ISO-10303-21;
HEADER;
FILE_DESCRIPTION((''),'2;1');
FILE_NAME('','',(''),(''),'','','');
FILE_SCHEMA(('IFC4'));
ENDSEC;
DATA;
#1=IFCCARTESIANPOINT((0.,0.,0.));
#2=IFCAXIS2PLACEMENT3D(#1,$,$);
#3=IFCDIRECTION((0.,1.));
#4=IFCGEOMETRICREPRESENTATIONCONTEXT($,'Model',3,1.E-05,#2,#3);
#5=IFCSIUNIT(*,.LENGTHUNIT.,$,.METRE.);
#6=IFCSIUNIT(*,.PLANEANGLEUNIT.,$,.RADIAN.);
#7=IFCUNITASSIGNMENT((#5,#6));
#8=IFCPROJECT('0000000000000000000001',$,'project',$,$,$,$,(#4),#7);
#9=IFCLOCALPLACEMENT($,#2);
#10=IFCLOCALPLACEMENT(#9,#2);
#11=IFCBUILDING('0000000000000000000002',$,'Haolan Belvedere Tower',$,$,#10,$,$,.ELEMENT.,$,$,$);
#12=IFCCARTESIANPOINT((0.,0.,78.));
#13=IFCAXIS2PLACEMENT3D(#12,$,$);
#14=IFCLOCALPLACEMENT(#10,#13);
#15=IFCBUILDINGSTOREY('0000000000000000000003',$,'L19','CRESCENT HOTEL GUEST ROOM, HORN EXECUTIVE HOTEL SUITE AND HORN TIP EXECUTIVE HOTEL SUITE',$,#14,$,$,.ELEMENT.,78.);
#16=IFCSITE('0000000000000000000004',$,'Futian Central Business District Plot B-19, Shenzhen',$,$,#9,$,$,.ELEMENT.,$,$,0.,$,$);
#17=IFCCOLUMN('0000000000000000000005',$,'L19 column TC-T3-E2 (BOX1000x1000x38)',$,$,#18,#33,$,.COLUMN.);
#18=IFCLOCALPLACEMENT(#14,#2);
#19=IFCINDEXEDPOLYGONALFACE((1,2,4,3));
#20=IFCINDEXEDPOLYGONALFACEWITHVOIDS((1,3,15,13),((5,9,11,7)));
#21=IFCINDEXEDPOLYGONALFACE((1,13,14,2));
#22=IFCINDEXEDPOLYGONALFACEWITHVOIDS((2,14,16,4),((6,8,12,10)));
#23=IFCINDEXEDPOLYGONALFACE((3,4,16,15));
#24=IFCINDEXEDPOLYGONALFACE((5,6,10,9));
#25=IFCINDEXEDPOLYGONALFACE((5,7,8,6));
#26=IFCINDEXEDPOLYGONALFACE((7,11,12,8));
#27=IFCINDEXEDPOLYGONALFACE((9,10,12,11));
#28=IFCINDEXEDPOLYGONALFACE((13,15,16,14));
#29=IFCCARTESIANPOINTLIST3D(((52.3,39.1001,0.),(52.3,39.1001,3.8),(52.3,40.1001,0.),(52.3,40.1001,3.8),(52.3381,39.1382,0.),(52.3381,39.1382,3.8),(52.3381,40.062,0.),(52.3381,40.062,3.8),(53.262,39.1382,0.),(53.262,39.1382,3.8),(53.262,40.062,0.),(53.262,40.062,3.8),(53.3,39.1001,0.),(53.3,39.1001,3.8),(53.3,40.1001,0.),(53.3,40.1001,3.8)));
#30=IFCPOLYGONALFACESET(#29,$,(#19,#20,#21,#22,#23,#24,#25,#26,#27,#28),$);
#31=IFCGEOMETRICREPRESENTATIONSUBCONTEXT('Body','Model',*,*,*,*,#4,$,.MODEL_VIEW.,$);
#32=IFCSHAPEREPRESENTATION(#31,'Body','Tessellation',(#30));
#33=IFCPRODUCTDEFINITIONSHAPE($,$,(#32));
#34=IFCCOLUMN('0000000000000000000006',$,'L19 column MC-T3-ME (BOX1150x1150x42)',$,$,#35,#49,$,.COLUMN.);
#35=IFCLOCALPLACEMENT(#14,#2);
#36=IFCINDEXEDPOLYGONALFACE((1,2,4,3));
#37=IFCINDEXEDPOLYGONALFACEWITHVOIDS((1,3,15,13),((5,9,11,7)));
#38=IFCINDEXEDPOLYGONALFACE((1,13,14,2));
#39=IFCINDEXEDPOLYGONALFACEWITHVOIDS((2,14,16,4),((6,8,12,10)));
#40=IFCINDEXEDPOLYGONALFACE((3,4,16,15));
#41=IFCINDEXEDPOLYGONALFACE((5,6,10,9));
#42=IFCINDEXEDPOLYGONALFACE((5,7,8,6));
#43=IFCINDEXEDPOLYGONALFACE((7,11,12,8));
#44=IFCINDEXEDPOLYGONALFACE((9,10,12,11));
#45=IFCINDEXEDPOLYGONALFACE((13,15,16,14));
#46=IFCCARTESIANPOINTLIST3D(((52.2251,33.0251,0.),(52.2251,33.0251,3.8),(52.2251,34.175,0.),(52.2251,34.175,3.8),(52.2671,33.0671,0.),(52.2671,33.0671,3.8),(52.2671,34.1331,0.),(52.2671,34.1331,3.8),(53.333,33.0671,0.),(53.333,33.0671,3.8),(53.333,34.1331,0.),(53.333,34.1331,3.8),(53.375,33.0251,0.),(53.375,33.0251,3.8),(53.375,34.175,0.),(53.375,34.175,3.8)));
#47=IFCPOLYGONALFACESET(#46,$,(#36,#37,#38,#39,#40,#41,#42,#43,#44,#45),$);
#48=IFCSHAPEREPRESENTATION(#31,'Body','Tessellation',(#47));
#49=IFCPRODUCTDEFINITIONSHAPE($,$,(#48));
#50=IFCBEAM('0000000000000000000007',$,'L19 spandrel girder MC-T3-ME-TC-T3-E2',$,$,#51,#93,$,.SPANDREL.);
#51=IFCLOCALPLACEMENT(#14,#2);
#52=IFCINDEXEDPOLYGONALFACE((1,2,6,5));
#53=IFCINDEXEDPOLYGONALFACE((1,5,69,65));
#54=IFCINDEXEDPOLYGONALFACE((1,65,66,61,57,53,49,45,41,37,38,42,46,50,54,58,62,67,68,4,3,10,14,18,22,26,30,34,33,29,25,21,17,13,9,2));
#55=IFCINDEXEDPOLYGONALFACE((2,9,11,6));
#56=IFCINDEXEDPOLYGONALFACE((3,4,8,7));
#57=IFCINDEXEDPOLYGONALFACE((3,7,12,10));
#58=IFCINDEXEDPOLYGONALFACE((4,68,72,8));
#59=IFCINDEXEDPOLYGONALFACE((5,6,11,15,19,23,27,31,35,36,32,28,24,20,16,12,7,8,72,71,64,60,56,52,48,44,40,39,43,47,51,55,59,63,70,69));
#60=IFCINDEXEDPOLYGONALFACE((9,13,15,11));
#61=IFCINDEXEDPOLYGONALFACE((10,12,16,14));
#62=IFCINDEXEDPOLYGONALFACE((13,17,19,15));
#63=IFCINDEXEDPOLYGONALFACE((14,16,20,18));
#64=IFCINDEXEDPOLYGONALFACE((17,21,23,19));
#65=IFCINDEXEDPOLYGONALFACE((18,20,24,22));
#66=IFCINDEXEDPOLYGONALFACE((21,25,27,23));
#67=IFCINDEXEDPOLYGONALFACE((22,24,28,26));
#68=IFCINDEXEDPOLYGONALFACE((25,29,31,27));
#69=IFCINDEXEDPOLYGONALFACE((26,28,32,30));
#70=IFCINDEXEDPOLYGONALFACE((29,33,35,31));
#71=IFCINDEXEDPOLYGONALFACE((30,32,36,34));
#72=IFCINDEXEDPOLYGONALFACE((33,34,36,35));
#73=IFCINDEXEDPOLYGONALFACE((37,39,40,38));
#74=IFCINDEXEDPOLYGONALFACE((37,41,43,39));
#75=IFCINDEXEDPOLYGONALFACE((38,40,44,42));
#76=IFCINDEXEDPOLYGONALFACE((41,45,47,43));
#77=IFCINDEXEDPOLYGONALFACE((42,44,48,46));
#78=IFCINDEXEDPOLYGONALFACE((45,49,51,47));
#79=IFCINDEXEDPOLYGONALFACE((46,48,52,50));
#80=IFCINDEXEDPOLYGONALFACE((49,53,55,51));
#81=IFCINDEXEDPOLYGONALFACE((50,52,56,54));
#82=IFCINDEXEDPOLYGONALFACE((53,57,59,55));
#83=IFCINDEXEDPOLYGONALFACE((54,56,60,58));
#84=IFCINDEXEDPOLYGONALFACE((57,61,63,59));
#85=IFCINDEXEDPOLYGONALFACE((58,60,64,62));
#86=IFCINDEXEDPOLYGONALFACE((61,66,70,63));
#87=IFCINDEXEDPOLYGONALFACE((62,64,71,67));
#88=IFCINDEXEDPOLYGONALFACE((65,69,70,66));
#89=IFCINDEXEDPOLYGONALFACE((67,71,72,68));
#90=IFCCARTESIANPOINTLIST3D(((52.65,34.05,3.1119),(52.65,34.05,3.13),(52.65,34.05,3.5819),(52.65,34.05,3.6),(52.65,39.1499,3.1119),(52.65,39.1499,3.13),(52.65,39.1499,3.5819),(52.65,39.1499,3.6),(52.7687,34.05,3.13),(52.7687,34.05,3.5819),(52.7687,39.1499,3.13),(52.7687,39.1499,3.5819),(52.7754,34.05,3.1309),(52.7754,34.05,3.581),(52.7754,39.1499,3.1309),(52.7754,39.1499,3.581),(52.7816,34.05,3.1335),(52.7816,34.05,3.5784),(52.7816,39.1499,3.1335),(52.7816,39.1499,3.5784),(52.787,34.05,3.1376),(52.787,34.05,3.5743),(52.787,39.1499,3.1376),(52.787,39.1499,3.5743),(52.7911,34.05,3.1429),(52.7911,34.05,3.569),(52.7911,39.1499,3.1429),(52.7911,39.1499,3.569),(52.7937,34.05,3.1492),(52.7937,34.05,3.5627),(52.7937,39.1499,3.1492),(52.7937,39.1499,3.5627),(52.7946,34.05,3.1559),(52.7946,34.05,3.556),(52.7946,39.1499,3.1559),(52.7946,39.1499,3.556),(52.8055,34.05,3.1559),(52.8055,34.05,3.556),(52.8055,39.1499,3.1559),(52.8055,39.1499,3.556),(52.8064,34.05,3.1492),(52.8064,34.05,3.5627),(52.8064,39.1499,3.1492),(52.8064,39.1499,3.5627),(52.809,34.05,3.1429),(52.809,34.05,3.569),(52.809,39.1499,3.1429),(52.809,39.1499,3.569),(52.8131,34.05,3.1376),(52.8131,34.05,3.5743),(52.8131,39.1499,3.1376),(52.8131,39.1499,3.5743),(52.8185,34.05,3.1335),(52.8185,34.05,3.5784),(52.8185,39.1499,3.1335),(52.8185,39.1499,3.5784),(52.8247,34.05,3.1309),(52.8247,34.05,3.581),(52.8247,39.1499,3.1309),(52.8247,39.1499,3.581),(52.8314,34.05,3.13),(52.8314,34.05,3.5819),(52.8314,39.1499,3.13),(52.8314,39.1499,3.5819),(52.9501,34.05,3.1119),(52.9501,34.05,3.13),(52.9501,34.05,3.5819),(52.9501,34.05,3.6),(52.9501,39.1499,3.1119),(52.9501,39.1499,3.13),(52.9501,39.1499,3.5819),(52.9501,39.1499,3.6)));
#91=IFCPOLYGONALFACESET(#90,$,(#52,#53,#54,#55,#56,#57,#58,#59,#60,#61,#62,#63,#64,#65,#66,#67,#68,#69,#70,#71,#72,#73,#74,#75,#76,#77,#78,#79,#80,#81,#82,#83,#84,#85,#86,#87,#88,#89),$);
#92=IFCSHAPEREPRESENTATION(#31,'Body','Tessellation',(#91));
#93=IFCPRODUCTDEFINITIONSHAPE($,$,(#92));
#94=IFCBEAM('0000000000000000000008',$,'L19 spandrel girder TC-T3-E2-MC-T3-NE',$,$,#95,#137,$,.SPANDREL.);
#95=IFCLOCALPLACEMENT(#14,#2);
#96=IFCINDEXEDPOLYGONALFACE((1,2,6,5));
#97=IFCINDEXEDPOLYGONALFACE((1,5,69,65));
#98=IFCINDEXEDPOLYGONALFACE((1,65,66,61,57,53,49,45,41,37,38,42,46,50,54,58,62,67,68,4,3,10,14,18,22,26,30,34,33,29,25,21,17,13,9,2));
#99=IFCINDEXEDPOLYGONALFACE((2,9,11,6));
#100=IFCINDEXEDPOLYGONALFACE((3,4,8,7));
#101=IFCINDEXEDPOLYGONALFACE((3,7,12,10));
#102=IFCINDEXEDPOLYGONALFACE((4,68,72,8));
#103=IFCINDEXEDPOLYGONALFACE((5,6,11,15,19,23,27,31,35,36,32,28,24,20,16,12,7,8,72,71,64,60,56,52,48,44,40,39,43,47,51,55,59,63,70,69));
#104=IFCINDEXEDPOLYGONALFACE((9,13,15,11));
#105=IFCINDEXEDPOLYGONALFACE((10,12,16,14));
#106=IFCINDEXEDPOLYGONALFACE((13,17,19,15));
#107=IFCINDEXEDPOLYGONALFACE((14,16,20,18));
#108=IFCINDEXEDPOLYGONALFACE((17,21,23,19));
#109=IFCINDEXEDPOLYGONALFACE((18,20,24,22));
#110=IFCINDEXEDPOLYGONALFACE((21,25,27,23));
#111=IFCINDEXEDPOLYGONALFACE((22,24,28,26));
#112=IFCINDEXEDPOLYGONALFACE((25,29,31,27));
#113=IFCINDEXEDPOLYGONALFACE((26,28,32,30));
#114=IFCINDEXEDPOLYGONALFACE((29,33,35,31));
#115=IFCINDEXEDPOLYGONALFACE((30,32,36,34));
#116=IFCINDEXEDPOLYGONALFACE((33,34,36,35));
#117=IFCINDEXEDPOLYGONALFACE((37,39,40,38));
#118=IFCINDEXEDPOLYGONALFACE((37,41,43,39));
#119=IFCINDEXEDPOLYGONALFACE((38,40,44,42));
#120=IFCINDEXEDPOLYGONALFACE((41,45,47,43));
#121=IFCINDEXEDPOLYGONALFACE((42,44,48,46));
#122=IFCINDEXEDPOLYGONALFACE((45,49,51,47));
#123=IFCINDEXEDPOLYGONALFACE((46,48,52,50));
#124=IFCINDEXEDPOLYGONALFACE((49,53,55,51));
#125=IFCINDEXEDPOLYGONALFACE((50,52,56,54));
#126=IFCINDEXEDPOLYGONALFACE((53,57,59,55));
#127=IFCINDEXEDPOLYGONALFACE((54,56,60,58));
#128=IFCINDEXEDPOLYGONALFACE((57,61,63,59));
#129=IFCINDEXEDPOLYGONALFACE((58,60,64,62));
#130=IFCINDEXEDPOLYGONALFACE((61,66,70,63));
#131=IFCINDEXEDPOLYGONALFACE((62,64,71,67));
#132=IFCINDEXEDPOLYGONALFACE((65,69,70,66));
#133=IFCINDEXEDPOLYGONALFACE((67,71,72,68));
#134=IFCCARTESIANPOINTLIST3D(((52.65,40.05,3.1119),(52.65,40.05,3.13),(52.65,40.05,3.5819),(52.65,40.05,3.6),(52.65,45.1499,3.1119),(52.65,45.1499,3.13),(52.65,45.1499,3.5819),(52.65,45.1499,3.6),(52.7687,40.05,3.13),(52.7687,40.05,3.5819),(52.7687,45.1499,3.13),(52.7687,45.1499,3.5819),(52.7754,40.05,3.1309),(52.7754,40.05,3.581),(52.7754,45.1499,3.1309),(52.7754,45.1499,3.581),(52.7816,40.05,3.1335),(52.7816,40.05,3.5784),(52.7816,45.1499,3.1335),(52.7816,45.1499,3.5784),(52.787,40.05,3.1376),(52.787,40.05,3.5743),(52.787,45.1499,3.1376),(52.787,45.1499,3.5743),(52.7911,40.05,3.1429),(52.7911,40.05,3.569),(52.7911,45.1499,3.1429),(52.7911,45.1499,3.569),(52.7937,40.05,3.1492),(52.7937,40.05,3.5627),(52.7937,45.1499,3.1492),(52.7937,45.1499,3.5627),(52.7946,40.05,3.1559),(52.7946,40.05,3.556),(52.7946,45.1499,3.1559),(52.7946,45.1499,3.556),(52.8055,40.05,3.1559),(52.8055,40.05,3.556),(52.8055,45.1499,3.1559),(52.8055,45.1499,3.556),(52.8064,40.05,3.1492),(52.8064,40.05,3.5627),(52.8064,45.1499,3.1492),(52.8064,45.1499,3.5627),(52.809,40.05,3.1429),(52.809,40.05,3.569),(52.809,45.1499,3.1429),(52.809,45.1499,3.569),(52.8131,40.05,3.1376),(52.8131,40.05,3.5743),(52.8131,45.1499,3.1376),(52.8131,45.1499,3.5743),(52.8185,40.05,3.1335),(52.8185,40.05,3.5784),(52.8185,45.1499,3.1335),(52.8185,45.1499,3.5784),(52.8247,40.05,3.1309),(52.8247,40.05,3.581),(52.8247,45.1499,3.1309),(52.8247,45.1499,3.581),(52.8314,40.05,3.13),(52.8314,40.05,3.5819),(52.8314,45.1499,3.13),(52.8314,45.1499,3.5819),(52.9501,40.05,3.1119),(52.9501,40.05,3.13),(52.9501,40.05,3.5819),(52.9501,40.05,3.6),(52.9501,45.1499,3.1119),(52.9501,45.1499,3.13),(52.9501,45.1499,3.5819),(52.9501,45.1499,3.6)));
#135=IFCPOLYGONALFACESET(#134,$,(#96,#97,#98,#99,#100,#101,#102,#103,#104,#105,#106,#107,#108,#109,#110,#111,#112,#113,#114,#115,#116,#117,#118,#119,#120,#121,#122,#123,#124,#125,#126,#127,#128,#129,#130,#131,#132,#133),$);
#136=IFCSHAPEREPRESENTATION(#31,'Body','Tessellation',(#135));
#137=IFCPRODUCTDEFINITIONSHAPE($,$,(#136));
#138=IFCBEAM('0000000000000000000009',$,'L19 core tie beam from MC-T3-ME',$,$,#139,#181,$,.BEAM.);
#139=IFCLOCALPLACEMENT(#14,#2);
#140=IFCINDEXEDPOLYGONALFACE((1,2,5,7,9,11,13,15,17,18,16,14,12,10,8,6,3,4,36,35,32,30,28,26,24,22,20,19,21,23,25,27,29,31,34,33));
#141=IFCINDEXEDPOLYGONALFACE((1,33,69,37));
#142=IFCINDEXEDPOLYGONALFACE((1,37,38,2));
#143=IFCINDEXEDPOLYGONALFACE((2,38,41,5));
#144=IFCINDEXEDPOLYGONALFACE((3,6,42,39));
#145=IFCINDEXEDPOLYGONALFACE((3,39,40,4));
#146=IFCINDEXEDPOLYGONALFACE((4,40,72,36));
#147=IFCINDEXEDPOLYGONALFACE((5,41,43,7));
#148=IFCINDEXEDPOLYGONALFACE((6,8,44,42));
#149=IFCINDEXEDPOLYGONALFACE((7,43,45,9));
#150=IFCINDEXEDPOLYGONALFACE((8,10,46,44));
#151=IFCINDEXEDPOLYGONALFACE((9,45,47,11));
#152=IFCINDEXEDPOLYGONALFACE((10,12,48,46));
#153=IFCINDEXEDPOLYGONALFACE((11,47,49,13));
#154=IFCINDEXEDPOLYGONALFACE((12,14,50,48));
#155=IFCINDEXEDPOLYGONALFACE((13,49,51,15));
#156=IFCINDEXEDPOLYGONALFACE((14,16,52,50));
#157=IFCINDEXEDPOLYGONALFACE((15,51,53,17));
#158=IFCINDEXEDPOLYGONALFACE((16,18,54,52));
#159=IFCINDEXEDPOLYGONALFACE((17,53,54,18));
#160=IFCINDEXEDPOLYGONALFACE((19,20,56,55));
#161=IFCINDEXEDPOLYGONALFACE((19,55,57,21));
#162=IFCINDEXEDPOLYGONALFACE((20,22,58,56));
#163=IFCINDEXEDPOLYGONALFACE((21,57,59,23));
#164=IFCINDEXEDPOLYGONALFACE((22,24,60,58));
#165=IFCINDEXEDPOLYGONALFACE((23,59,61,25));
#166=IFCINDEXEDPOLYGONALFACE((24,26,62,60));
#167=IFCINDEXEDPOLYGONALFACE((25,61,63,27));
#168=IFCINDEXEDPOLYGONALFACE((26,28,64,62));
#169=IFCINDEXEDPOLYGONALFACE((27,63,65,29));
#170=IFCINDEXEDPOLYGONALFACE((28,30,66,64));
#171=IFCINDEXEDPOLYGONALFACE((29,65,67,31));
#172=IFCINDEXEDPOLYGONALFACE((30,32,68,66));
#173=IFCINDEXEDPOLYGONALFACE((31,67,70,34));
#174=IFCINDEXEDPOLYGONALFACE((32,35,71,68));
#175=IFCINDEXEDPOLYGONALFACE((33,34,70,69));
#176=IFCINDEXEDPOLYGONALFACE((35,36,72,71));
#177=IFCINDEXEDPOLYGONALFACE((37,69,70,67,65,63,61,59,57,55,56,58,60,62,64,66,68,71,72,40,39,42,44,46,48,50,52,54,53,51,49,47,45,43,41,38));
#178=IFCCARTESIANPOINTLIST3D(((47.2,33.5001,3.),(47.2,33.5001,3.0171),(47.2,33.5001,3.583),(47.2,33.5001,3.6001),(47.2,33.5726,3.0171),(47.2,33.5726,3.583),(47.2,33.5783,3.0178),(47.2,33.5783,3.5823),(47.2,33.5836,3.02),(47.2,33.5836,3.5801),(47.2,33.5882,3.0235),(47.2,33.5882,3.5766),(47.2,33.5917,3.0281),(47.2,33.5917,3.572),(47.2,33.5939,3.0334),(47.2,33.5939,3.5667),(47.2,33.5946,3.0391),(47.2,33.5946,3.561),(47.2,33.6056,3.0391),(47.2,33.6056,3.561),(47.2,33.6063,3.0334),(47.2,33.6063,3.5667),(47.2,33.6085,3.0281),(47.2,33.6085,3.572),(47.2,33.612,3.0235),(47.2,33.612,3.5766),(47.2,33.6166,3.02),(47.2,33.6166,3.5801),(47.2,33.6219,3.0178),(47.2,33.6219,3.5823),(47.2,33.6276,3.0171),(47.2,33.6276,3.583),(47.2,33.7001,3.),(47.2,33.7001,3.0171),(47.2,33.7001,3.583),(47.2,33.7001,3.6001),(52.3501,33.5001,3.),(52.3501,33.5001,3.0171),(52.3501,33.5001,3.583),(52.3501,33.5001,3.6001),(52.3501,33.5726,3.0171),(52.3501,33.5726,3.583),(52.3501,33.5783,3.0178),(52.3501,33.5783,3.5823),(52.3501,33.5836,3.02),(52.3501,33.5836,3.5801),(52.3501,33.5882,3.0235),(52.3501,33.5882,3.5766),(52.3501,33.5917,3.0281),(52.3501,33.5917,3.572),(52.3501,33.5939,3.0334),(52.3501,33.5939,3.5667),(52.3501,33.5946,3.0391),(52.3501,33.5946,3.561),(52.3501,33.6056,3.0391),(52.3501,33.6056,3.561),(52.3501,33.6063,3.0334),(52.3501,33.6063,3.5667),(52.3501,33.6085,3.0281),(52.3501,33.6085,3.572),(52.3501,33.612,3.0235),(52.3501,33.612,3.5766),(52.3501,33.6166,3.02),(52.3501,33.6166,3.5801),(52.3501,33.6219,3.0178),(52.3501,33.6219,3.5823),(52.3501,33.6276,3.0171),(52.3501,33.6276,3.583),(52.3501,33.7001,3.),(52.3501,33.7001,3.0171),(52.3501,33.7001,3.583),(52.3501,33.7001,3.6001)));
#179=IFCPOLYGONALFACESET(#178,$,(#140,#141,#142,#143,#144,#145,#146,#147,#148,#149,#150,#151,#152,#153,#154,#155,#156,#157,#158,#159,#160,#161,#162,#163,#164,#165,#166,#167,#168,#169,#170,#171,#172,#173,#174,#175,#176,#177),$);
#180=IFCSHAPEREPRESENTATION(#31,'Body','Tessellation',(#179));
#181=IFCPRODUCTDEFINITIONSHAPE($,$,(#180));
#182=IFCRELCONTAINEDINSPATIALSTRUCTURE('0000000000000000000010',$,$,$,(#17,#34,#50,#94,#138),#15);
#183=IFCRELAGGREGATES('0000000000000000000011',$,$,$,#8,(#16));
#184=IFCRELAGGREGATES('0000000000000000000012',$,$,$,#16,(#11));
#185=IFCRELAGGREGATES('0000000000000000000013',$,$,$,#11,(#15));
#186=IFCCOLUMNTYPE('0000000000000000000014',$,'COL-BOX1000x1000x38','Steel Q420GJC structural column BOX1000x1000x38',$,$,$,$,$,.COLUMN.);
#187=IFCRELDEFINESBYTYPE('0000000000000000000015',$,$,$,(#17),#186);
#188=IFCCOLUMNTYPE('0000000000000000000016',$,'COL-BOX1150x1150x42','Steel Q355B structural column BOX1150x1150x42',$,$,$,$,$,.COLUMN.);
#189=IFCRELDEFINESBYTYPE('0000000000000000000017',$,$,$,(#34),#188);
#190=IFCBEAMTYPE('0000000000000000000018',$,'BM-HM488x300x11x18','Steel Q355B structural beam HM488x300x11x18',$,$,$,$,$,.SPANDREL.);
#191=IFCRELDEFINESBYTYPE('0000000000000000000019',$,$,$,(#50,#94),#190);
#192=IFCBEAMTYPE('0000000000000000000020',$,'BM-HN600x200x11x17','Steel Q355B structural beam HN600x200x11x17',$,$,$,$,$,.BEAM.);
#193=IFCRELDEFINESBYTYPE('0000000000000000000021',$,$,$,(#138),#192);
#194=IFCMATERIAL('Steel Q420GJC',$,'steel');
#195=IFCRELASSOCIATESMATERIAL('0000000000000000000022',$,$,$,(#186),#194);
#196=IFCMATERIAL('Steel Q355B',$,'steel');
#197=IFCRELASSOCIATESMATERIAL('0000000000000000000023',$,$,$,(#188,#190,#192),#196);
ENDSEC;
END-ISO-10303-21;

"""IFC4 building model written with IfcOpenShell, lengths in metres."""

from ifc_helpers import new_model, si_unit, direction, frame, origin, origin_2d, place, context, subcontext, project, spatial, hollow_rectangle, i_section, extrude, material, material_profile, profile_set, type_object, element, save


model = new_model("IFC4")

# Units and contexts
model_context = context("Model", 3, precision=1e-05, world=origin(), true_north=direction((0.0, 1.0)))
body_context = subcontext(model_context, "Body", "Model", "MODEL_VIEW")
ifc_project = project(units=[si_unit("LENGTHUNIT", "METRE"), si_unit("PLANEANGLEUNIT", "RADIAN")], contexts=[model_context])

# Site, building, storey
site_placement = place(None, origin())
site = spatial("IfcSite", under=ifc_project, at=site_placement, Name="Futian Central Business District Plot B-19, Shenzhen", CompositionType="ELEMENT", RefElevation=0.0)
building_placement = place(site_placement, origin())
building = spatial("IfcBuilding", under=site, at=building_placement, Name="Haolan Belvedere Tower", CompositionType="ELEMENT")
storey_placement = place(building_placement, frame((0.0, 0.0, 78.0)))
storey = spatial("IfcBuildingStorey", under=building, at=storey_placement, Name="L19", Description="CRESCENT HOTEL GUEST ROOM, HORN EXECUTIVE HOTEL SUITE AND HORN TIP EXECUTIVE HOTEL SUITE", CompositionType="ELEMENT", Elevation=78.0)

# Columns
ifc_material_1 = material(Name="Steel Q420GJC", Category="steel")
ifc_material_profile_1 = material_profile(ifc_material_1, hollow_rectangle(XDim=1.0, YDim=1.0, WallThickness=0.0381, at=origin_2d()), Name="Steel Q420GJC")
ifc_profile_set_1 = profile_set([ifc_material_profile_1], Name="Steel Q420GJC")
column_type_1 = type_object("IfcColumnType", Name="COL-BOX1000x1000x38", Description="Steel Q420GJC structural column BOX1000x1000x38", PredefinedType="COLUMN", material=ifc_profile_set_1)
column_1_placement = place(storey_placement, frame((52.8, 39.6001, 0.0), z_axis=(0.0, 0.0, 1.0), x_axis=(1.0, 0.0, 0.0)))
element("IfcColumn", 1, at=column_1_placement, inside=storey, type_object=column_type_1, Name="L19 column TC-T3-E2 (BOX1000x1000x38)", PredefinedType="COLUMN", context=body_context, shape_type="SweptSolid", body=[
    extrude(hollow_rectangle(XDim=1.0, YDim=1.0, WallThickness=0.0381, at=origin_2d()), origin(), (0.0, 0.0, 1.0), 3.8),
])
ifc_material_2 = material(Name="Steel Q355B", Category="steel")
ifc_material_profile_2 = material_profile(ifc_material_2, hollow_rectangle(XDim=1.1499, YDim=1.1499, WallThickness=0.042, at=origin_2d()), Name="Steel Q355B")
ifc_profile_set_2 = profile_set([ifc_material_profile_2], Name="Steel Q355B")
column_type_2 = type_object("IfcColumnType", Name="COL-BOX1150x1150x42", Description="Steel Q355B structural column BOX1150x1150x42", PredefinedType="COLUMN", material=ifc_profile_set_2)
column_2_placement = place(storey_placement, frame((52.8, 33.6001, 0.0), z_axis=(0.0, 0.0, 1.0), x_axis=(1.0, 0.0, 0.0)))
element("IfcColumn", 2, at=column_2_placement, inside=storey, type_object=column_type_2, Name="L19 column MC-T3-ME (BOX1150x1150x42)", PredefinedType="COLUMN", context=body_context, shape_type="SweptSolid", body=[
    extrude(hollow_rectangle(XDim=1.1499, YDim=1.1499, WallThickness=0.042, at=origin_2d()), origin(), (0.0, 0.0, 1.0), 3.8),
])

# Beams
ifc_material_profile_3 = material_profile(ifc_material_2, i_section(OverallWidth=0.3, OverallDepth=0.488, WebThickness=0.011, FlangeThickness=0.0181, FilletRadius=0.0259, at=origin_2d()), Name="Steel Q355B")
ifc_profile_set_3 = profile_set([ifc_material_profile_3], Name="Steel Q355B")
beam_type_1 = type_object("IfcBeamType", Name="BM-HM488x300x11x18", Description="Steel Q355B structural beam HM488x300x11x18", PredefinedType="SPANDREL", material=ifc_profile_set_3)
for number, where, z_axis, x_axis, name in (
    (3, (52.8, 34.05, 3.356), (0.0, 1.0, 0.0), (-1.0, 0.0, 0.0), "L19 spandrel girder MC-T3-ME-TC-T3-E2"),
    (4, (52.8, 40.05, 3.356), (0.0, 1.0, 0.0), (-1.0, 0.0, 0.0), "L19 spandrel girder TC-T3-E2-MC-T3-NE"),
):
    element("IfcBeam", number, at=place(storey_placement, frame(where, z_axis=z_axis, x_axis=x_axis)), inside=storey, type_object=beam_type_1, Name=name, PredefinedType="SPANDREL", context=body_context, shape_type="SweptSolid", body=[
        extrude(i_section(OverallWidth=0.3, OverallDepth=0.488, WebThickness=0.011, FlangeThickness=0.0181, FilletRadius=0.0259, at=origin_2d()), origin(), (0.0, 0.0, 1.0), 5.0999),
    ])
ifc_material_profile_4 = material_profile(ifc_material_2, i_section(OverallWidth=0.2, OverallDepth=0.6001, WebThickness=0.011, FlangeThickness=0.0171, FilletRadius=0.022, at=origin_2d()), Name="Steel Q355B")
ifc_profile_set_4 = profile_set([ifc_material_profile_4], Name="Steel Q355B")
beam_type_2 = type_object("IfcBeamType", Name="BM-HN600x200x11x17", Description="Steel Q355B structural beam HN600x200x11x17", PredefinedType="BEAM", material=ifc_profile_set_4)
for number, where, z_axis, x_axis, name in (
    (5, (52.3501, 33.6001, 3.3), (-1.0, 0.0, 0.0), (0.0, -1.0, 0.0), "L19 core tie beam from MC-T3-ME"),
):
    element("IfcBeam", number, at=place(storey_placement, frame(where, z_axis=z_axis, x_axis=x_axis)), inside=storey, type_object=beam_type_2, Name=name, PredefinedType="BEAM", context=body_context, shape_type="SweptSolid", body=[
        extrude(i_section(OverallWidth=0.2, OverallDepth=0.6001, WebThickness=0.011, FlangeThickness=0.0171, FilletRadius=0.022, at=origin_2d()), origin(), (0.0, 0.0, 1.0), 5.1501),
    ])

save(model, "model.ifc")
